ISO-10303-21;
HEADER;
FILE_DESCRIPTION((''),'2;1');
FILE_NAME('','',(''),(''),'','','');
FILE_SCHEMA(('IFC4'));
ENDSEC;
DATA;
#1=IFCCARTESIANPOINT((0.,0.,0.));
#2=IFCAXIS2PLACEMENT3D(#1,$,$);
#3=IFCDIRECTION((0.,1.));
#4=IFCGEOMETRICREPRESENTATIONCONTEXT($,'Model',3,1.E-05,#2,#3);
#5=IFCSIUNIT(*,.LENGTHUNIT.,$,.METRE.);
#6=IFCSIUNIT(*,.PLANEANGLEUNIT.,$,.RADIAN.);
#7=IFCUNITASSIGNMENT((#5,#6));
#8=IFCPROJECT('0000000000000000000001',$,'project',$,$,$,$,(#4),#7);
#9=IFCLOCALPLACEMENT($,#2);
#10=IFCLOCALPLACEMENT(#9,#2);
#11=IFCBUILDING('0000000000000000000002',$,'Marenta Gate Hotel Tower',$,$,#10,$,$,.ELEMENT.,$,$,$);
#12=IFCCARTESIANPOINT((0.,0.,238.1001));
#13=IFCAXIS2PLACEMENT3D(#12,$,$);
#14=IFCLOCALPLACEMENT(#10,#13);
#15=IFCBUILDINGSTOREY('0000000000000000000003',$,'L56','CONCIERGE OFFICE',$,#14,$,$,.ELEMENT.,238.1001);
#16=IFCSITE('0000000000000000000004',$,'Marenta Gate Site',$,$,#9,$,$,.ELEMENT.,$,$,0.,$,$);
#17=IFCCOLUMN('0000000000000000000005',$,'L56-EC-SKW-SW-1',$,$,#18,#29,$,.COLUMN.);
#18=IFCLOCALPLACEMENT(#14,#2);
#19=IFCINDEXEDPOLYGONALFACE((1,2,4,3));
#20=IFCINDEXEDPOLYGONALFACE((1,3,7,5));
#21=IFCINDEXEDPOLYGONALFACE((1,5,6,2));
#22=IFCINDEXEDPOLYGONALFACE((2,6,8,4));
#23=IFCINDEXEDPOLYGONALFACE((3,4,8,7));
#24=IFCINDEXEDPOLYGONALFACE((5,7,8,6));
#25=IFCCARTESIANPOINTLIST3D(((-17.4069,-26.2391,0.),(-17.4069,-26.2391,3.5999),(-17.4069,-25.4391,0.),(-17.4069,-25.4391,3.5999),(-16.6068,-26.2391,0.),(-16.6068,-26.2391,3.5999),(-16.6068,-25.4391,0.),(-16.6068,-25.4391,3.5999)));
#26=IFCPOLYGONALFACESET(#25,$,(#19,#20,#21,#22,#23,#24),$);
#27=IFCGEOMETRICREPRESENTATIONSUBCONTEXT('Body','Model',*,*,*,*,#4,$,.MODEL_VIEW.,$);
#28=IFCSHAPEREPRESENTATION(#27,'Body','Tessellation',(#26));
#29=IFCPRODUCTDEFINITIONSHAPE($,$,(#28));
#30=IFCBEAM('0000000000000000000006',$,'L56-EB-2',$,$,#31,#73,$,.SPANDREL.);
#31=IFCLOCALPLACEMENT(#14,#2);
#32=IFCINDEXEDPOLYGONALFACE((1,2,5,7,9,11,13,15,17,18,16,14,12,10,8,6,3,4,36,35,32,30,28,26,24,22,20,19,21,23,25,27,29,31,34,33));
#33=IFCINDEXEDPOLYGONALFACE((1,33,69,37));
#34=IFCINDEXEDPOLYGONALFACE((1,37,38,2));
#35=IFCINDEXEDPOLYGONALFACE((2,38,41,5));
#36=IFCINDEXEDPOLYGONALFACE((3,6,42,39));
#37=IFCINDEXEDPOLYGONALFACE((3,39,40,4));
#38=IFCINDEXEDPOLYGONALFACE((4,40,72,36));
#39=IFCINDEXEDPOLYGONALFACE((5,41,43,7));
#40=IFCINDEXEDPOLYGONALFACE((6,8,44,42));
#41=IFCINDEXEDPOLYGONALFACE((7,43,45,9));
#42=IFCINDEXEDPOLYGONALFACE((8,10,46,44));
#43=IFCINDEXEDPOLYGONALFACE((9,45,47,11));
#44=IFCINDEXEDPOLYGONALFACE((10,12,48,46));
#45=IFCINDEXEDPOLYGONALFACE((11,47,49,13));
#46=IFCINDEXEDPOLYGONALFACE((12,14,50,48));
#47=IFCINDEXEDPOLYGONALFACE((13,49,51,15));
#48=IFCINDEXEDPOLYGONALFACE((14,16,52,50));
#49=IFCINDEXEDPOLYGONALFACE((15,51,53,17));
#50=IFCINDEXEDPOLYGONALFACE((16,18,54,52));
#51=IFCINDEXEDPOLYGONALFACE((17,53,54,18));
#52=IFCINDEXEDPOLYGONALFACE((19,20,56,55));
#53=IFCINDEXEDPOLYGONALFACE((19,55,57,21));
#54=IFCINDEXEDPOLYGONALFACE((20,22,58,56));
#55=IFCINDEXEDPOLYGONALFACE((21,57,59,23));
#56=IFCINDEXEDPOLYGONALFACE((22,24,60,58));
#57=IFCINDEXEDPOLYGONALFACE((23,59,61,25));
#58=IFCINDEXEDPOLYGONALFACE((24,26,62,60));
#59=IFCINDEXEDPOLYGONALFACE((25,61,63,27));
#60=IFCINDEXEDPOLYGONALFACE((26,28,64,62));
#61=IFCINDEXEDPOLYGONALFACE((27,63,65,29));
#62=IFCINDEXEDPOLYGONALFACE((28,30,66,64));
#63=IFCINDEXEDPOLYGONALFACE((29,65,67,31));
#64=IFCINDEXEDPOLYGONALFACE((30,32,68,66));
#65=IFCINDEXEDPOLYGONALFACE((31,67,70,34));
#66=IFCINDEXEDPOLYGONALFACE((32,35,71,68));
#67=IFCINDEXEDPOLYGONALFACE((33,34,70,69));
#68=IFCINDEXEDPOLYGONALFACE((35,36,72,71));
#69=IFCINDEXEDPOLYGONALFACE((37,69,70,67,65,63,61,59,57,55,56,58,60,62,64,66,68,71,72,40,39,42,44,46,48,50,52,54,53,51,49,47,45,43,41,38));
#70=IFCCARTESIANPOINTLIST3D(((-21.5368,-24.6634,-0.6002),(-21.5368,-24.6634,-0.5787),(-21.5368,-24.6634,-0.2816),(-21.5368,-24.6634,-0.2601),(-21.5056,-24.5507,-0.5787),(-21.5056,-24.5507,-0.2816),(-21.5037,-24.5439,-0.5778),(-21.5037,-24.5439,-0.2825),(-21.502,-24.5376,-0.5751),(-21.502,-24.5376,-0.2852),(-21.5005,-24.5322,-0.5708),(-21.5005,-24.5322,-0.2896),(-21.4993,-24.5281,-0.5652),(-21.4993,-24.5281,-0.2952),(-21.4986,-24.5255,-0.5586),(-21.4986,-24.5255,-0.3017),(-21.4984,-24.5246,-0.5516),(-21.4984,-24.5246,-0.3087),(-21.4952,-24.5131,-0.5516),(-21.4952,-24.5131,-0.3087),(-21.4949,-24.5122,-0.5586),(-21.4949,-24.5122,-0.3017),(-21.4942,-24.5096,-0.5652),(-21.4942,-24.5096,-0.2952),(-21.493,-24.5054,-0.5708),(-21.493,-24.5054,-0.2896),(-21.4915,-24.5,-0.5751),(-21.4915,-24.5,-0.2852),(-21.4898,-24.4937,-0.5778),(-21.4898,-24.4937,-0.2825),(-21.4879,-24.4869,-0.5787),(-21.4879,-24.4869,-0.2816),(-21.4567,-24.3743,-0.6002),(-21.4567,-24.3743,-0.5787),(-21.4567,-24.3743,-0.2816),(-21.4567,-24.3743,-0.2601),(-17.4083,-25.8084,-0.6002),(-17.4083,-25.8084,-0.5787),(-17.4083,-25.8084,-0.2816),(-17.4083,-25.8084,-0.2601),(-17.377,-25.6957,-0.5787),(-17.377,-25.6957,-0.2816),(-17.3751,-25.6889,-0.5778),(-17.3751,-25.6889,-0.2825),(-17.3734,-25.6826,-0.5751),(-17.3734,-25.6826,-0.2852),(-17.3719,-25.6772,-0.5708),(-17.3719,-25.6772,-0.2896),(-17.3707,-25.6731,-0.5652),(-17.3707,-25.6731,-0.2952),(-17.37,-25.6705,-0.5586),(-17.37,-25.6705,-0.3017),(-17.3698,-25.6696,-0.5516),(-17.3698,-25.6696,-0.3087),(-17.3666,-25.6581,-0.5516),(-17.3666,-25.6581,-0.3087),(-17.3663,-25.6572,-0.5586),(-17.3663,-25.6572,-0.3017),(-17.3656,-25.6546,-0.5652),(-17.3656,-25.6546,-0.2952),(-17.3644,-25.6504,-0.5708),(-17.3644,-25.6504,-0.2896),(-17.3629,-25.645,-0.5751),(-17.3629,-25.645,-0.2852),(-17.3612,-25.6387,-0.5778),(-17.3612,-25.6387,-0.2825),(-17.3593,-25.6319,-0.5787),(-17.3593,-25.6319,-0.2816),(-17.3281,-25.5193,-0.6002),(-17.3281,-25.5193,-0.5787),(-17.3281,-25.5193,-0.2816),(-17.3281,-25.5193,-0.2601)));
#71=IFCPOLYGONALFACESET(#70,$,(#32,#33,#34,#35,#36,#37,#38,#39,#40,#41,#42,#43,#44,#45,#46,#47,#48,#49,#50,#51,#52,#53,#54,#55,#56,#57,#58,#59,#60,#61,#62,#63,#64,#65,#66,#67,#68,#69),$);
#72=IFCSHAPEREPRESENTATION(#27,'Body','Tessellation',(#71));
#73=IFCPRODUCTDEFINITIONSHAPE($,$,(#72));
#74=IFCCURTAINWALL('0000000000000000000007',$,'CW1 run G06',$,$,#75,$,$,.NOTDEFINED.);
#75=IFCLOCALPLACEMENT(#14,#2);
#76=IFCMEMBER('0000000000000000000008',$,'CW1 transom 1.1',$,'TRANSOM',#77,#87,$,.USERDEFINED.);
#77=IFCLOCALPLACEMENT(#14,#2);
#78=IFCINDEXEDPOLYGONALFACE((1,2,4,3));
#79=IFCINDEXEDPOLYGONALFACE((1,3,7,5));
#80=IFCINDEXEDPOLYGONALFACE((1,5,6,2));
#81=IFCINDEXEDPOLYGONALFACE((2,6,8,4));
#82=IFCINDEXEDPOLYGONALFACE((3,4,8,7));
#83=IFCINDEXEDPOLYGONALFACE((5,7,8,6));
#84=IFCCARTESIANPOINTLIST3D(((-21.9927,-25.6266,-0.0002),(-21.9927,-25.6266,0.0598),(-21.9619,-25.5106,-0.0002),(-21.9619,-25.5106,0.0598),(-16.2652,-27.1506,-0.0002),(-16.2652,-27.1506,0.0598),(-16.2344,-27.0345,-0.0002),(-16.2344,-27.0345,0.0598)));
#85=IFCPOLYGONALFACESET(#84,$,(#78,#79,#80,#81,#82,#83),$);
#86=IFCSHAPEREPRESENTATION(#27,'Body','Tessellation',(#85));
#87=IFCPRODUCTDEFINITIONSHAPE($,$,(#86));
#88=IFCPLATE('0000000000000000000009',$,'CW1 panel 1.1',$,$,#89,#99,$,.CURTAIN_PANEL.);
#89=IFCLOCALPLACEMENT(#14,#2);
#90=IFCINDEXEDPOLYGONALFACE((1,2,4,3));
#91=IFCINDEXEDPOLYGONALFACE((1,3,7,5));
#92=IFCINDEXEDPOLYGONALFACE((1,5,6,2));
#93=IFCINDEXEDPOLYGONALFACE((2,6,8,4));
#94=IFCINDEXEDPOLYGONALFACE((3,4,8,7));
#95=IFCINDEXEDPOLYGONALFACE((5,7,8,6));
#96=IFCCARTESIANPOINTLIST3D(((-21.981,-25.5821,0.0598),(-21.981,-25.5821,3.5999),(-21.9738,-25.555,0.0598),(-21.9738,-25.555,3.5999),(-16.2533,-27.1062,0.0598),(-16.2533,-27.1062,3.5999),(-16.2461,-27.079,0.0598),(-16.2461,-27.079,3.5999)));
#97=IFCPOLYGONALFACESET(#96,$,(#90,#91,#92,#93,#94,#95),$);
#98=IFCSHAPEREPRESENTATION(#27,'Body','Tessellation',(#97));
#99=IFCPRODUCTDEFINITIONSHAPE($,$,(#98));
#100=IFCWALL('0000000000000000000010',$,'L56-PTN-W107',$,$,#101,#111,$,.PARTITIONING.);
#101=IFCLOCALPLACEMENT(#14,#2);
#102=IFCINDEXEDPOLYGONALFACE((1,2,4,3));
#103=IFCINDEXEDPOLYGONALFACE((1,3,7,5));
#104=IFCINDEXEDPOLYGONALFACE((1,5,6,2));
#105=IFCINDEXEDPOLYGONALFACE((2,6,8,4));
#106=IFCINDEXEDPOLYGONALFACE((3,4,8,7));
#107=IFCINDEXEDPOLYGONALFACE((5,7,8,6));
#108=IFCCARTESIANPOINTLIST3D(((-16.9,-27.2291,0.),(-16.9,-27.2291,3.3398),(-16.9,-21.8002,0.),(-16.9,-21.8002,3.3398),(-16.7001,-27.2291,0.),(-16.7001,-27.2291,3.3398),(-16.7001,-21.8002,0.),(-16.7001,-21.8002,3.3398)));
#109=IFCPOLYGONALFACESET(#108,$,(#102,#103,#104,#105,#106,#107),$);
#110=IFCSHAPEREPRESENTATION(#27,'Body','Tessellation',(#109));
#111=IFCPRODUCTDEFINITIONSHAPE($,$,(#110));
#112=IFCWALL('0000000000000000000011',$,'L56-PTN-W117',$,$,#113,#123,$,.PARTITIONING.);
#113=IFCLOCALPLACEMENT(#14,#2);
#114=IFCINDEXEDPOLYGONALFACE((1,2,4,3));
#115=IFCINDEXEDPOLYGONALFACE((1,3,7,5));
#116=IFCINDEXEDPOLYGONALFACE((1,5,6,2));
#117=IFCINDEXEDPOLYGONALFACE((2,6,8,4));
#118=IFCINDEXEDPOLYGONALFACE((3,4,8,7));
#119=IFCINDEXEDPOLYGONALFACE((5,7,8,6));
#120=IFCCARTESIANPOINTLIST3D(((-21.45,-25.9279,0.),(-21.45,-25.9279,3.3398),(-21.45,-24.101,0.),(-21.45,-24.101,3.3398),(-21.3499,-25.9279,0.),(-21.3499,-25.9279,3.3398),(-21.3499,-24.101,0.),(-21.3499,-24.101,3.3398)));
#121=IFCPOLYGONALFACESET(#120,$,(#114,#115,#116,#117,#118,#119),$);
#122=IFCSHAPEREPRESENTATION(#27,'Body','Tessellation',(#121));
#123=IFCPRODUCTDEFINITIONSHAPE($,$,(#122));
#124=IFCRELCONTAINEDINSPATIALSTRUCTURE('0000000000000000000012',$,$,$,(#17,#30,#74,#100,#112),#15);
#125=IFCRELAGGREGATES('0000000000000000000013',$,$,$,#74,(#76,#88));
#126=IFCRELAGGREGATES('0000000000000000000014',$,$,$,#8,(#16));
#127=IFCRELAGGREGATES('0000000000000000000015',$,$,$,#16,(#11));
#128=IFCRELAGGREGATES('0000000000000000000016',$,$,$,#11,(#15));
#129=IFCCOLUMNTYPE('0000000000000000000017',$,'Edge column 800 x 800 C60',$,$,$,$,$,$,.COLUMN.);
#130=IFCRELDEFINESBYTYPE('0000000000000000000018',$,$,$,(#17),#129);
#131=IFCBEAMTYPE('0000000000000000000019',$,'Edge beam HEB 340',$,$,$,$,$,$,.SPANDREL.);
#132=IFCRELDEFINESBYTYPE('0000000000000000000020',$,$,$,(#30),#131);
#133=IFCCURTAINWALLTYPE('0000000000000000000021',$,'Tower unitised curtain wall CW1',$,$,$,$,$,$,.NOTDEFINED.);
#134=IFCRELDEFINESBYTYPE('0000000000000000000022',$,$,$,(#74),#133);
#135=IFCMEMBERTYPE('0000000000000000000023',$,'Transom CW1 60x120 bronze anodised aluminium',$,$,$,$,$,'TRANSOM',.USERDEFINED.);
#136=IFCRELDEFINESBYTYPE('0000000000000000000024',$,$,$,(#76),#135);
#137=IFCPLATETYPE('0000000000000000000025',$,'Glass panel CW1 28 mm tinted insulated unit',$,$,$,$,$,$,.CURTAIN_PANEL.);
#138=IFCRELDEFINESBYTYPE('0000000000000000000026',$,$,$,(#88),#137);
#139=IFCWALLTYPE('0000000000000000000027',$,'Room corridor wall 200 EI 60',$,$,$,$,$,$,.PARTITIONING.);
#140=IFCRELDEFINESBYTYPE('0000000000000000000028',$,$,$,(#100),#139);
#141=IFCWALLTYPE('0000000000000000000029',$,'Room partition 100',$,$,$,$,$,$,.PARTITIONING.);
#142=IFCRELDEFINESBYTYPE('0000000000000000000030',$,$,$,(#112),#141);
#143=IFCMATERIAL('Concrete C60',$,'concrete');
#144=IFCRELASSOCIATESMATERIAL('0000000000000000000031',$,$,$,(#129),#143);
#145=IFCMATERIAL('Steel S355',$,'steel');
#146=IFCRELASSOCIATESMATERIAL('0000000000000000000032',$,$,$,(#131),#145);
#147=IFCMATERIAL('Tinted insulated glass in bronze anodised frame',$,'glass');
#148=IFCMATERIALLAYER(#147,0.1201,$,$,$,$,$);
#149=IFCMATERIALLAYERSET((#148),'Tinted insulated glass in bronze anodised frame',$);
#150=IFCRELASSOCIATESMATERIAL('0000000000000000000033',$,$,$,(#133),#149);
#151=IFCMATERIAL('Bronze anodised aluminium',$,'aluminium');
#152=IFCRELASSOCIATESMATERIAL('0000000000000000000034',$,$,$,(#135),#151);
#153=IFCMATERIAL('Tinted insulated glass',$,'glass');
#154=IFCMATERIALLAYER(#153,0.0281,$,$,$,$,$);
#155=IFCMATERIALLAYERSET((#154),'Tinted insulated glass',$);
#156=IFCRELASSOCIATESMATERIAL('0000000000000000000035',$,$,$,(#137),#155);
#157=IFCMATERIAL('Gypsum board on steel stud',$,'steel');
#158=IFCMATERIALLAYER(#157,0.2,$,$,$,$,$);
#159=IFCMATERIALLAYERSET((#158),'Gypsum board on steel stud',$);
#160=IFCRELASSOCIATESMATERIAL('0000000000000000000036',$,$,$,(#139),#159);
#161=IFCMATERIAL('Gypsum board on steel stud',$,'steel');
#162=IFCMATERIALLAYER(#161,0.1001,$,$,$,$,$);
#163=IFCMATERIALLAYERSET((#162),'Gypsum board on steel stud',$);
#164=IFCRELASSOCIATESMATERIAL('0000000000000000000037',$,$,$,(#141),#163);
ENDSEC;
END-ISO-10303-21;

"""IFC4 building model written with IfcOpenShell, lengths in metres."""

from ifc_helpers import new_model, si_unit, direction, frame, frame_2d, origin, origin_2d, place, context, subcontext, project, spatial, rectangle, i_section, extrude, material, layer, layer_set, material_profile, profile_set, type_object, element, aggregate, save


model = new_model("IFC4")

# Units and contexts
model_context = context("Model", 3, precision=1e-05, world=origin(), true_north=direction((0.0, 1.0)))
body_context = subcontext(model_context, "Body", "Model", "MODEL_VIEW")
ifc_project = project(units=[si_unit("LENGTHUNIT", "METRE"), si_unit("PLANEANGLEUNIT", "RADIAN")], contexts=[model_context])

# Site, building, storey
site_placement = place(None, origin())
site = spatial("IfcSite", under=ifc_project, at=site_placement, Name="Marenta Gate Site", CompositionType="ELEMENT", RefElevation=0.0)
building_placement = place(site_placement, origin())
building = spatial("IfcBuilding", under=site, at=building_placement, Name="Marenta Gate Hotel Tower", CompositionType="ELEMENT")
storey_placement = place(building_placement, frame((0.0, 0.0, 238.1001)))
storey = spatial("IfcBuildingStorey", under=building, at=storey_placement, Name="L56", Description="CONCIERGE OFFICE", CompositionType="ELEMENT", Elevation=238.1001)

# Column
ifc_material_1 = material(Name="Concrete C60", Category="concrete")
ifc_material_profile_1 = material_profile(ifc_material_1, rectangle(XDim=0.8, YDim=0.8, at=origin_2d()), Name="800 x 800")
ifc_profile_set_1 = profile_set([ifc_material_profile_1], Name="Concrete C60")
column_type = type_object("IfcColumnType", Name="Edge column 800 x 800 C60", PredefinedType="COLUMN", material=ifc_profile_set_1)
column_placement = place(storey_placement, frame((-17.0068, -25.8391, 0.0), z_axis=(0.0, 0.0, 1.0), x_axis=(1.0, 0.0, 0.0)))
element("IfcColumn", 1, at=column_placement, inside=storey, type_object=column_type, Name="L56-EC-SKW-SW-1", PredefinedType="COLUMN", context=body_context, shape_type="SweptSolid", body=[
    extrude(rectangle(XDim=0.8, YDim=0.8, at=origin_2d()), origin(), (0.0, 0.0, 1.0), 3.5999),
])

# Beam
ifc_material_2 = material(Name="Steel S355", Category="steel")
ifc_material_profile_2 = material_profile(ifc_material_2, i_section(OverallWidth=0.3, OverallDepth=0.3401, WebThickness=0.012, FlangeThickness=0.0215, FilletRadius=0.0271, at=origin_2d()), Name="HEB 340")
ifc_profile_set_2 = profile_set([ifc_material_profile_2], Name="Steel S355")
beam_type = type_object("IfcBeamType", Name="Edge beam HEB 340", PredefinedType="SPANDREL", material=ifc_profile_set_2)
beam_placement = place(storey_placement, frame((-17.3682, -25.6638, -0.4302), z_axis=(-0.963628, 0.267247, 0.0), x_axis=(-0.267247, -0.963628, 0.0)))
element("IfcBeam", 2, at=beam_placement, inside=storey, type_object=beam_type, Name="L56-EB-2", PredefinedType="SPANDREL", context=body_context, shape_type="SweptSolid", body=[
    extrude(i_section(OverallWidth=0.3, OverallDepth=0.3401, WebThickness=0.012, FlangeThickness=0.0215, FilletRadius=0.0271, at=origin_2d()), origin(), (0.0, 0.0, 1.0), 4.2844),
])

# Curtain wall, member, plate
ifc_material_3 = material(Name="Tinted insulated glass in bronze anodised frame", Category="glass")
ifc_layer_1 = layer(ifc_material_3, 0.1201)
ifc_layer_set_1 = layer_set([ifc_layer_1], Name="Tinted insulated glass in bronze anodised frame")
curtain_wall_type = type_object("IfcCurtainWallType", Name="Tower unitised curtain wall CW1", PredefinedType="NOTDEFINED", material=ifc_layer_set_1)
curtain_wall_placement = place(storey_placement, origin())
curtain_wall = element("IfcCurtainWall", 3, at=curtain_wall_placement, inside=storey, type_object=curtain_wall_type, Name="CW1 run G06", PredefinedType="NOTDEFINED")
ifc_material_4 = material(Name="Bronze anodised aluminium", Category="aluminium")
ifc_material_profile_3 = material_profile(ifc_material_4, rectangle(XDim=0.1201, YDim=0.0601, at=origin_2d()), Name="Transom CW1 60x120 bronze anodised aluminium")
ifc_profile_set_3 = profile_set([ifc_material_profile_3], Name="Bronze anodised aluminium")
member_type = type_object("IfcMemberType", Name="Transom CW1 60x120 bronze anodised aluminium", ElementType="TRANSOM", PredefinedType="USERDEFINED", material=ifc_profile_set_3)
member_placement = place(storey_placement, frame((-21.9773, -25.5686, 0.0298), z_axis=(0.966378, -0.257124, 0.0), x_axis=(0.257124, 0.966378, 0.0)))
member = element("IfcMember", 4, at=member_placement, type_object=member_type, Name="CW1 transom 1.1", ObjectType="TRANSOM", PredefinedType="USERDEFINED", context=body_context, shape_type="SweptSolid", body=[
    extrude(rectangle(XDim=0.1201, YDim=0.0601, at=origin_2d()), origin(), (0.0, 0.0, 1.0), 5.9268),
])
ifc_material_5 = material(Name="Tinted insulated glass", Category="glass")
ifc_layer_2 = layer(ifc_material_5, 0.0281)
ifc_layer_set_2 = layer_set([ifc_layer_2], Name="Tinted insulated glass")
plate_type = type_object("IfcPlateType", Name="Glass panel CW1 28 mm tinted insulated unit", PredefinedType="CURTAIN_PANEL", material=ifc_layer_set_2)
plate_placement = place(storey_placement, frame((-19.1135, -26.3306, 0.0598), z_axis=(0.0, 0.0, 1.0), x_axis=(0.966374, -0.257139, 0.0)))
plate = element("IfcPlate", 5, at=plate_placement, type_object=plate_type, Name="CW1 panel 1.1", PredefinedType="CURTAIN_PANEL", context=body_context, shape_type="SweptSolid", body=[
    extrude(rectangle(XDim=5.927, YDim=0.0281, at=origin_2d()), origin(), (0.0, 0.0, 1.0), 3.54),
])
aggregate(curtain_wall, [member, plate])

# Wall
ifc_material_6 = material(Name="Gypsum board on steel stud", Category="steel")
ifc_layer_3 = layer(ifc_material_6, 0.2)
ifc_layer_set_3 = layer_set([ifc_layer_3], Name="Gypsum board on steel stud")
wall_type_1 = type_object("IfcWallType", Name="Room corridor wall 200 EI 60", PredefinedType="PARTITIONING", material=ifc_layer_set_3)
wall_1_placement = place(storey_placement, frame((-16.8, -27.229, 0.0), z_axis=(0.0, 0.0, 1.0), x_axis=(0.0, 1.0, 0.0)))
element("IfcWall", 6, at=wall_1_placement, inside=storey, type_object=wall_type_1, Name="L56-PTN-W107", PredefinedType="PARTITIONING", context=body_context, shape_type="SweptSolid", body=[
    extrude(rectangle(XDim=5.429, YDim=0.2, at=frame_2d((2.7144, 0.0))), origin(), (0.0, 0.0, 1.0), 3.3398),
])

# Wall
ifc_material_7 = material(Name="Gypsum board on steel stud", Category="steel")
ifc_layer_4 = layer(ifc_material_7, 0.1001)
ifc_layer_set_4 = layer_set([ifc_layer_4], Name="Gypsum board on steel stud")
wall_type_2 = type_object("IfcWallType", Name="Room partition 100", PredefinedType="PARTITIONING", material=ifc_layer_set_4)
wall_2_placement = place(storey_placement, frame((-21.3999, -25.928, 0.0), z_axis=(0.0, 0.0, 1.0), x_axis=(0.0, 1.0, 0.0)))
element("IfcWall", 7, at=wall_2_placement, inside=storey, type_object=wall_type_2, Name="L56-PTN-W117", PredefinedType="PARTITIONING", context=body_context, shape_type="SweptSolid", body=[
    extrude(rectangle(XDim=1.8269, YDim=0.1001, at=frame_2d((0.9136, 0.0))), origin(), (0.0, 0.0, 1.0), 3.3398),
])

save(model, "model.ifc")
